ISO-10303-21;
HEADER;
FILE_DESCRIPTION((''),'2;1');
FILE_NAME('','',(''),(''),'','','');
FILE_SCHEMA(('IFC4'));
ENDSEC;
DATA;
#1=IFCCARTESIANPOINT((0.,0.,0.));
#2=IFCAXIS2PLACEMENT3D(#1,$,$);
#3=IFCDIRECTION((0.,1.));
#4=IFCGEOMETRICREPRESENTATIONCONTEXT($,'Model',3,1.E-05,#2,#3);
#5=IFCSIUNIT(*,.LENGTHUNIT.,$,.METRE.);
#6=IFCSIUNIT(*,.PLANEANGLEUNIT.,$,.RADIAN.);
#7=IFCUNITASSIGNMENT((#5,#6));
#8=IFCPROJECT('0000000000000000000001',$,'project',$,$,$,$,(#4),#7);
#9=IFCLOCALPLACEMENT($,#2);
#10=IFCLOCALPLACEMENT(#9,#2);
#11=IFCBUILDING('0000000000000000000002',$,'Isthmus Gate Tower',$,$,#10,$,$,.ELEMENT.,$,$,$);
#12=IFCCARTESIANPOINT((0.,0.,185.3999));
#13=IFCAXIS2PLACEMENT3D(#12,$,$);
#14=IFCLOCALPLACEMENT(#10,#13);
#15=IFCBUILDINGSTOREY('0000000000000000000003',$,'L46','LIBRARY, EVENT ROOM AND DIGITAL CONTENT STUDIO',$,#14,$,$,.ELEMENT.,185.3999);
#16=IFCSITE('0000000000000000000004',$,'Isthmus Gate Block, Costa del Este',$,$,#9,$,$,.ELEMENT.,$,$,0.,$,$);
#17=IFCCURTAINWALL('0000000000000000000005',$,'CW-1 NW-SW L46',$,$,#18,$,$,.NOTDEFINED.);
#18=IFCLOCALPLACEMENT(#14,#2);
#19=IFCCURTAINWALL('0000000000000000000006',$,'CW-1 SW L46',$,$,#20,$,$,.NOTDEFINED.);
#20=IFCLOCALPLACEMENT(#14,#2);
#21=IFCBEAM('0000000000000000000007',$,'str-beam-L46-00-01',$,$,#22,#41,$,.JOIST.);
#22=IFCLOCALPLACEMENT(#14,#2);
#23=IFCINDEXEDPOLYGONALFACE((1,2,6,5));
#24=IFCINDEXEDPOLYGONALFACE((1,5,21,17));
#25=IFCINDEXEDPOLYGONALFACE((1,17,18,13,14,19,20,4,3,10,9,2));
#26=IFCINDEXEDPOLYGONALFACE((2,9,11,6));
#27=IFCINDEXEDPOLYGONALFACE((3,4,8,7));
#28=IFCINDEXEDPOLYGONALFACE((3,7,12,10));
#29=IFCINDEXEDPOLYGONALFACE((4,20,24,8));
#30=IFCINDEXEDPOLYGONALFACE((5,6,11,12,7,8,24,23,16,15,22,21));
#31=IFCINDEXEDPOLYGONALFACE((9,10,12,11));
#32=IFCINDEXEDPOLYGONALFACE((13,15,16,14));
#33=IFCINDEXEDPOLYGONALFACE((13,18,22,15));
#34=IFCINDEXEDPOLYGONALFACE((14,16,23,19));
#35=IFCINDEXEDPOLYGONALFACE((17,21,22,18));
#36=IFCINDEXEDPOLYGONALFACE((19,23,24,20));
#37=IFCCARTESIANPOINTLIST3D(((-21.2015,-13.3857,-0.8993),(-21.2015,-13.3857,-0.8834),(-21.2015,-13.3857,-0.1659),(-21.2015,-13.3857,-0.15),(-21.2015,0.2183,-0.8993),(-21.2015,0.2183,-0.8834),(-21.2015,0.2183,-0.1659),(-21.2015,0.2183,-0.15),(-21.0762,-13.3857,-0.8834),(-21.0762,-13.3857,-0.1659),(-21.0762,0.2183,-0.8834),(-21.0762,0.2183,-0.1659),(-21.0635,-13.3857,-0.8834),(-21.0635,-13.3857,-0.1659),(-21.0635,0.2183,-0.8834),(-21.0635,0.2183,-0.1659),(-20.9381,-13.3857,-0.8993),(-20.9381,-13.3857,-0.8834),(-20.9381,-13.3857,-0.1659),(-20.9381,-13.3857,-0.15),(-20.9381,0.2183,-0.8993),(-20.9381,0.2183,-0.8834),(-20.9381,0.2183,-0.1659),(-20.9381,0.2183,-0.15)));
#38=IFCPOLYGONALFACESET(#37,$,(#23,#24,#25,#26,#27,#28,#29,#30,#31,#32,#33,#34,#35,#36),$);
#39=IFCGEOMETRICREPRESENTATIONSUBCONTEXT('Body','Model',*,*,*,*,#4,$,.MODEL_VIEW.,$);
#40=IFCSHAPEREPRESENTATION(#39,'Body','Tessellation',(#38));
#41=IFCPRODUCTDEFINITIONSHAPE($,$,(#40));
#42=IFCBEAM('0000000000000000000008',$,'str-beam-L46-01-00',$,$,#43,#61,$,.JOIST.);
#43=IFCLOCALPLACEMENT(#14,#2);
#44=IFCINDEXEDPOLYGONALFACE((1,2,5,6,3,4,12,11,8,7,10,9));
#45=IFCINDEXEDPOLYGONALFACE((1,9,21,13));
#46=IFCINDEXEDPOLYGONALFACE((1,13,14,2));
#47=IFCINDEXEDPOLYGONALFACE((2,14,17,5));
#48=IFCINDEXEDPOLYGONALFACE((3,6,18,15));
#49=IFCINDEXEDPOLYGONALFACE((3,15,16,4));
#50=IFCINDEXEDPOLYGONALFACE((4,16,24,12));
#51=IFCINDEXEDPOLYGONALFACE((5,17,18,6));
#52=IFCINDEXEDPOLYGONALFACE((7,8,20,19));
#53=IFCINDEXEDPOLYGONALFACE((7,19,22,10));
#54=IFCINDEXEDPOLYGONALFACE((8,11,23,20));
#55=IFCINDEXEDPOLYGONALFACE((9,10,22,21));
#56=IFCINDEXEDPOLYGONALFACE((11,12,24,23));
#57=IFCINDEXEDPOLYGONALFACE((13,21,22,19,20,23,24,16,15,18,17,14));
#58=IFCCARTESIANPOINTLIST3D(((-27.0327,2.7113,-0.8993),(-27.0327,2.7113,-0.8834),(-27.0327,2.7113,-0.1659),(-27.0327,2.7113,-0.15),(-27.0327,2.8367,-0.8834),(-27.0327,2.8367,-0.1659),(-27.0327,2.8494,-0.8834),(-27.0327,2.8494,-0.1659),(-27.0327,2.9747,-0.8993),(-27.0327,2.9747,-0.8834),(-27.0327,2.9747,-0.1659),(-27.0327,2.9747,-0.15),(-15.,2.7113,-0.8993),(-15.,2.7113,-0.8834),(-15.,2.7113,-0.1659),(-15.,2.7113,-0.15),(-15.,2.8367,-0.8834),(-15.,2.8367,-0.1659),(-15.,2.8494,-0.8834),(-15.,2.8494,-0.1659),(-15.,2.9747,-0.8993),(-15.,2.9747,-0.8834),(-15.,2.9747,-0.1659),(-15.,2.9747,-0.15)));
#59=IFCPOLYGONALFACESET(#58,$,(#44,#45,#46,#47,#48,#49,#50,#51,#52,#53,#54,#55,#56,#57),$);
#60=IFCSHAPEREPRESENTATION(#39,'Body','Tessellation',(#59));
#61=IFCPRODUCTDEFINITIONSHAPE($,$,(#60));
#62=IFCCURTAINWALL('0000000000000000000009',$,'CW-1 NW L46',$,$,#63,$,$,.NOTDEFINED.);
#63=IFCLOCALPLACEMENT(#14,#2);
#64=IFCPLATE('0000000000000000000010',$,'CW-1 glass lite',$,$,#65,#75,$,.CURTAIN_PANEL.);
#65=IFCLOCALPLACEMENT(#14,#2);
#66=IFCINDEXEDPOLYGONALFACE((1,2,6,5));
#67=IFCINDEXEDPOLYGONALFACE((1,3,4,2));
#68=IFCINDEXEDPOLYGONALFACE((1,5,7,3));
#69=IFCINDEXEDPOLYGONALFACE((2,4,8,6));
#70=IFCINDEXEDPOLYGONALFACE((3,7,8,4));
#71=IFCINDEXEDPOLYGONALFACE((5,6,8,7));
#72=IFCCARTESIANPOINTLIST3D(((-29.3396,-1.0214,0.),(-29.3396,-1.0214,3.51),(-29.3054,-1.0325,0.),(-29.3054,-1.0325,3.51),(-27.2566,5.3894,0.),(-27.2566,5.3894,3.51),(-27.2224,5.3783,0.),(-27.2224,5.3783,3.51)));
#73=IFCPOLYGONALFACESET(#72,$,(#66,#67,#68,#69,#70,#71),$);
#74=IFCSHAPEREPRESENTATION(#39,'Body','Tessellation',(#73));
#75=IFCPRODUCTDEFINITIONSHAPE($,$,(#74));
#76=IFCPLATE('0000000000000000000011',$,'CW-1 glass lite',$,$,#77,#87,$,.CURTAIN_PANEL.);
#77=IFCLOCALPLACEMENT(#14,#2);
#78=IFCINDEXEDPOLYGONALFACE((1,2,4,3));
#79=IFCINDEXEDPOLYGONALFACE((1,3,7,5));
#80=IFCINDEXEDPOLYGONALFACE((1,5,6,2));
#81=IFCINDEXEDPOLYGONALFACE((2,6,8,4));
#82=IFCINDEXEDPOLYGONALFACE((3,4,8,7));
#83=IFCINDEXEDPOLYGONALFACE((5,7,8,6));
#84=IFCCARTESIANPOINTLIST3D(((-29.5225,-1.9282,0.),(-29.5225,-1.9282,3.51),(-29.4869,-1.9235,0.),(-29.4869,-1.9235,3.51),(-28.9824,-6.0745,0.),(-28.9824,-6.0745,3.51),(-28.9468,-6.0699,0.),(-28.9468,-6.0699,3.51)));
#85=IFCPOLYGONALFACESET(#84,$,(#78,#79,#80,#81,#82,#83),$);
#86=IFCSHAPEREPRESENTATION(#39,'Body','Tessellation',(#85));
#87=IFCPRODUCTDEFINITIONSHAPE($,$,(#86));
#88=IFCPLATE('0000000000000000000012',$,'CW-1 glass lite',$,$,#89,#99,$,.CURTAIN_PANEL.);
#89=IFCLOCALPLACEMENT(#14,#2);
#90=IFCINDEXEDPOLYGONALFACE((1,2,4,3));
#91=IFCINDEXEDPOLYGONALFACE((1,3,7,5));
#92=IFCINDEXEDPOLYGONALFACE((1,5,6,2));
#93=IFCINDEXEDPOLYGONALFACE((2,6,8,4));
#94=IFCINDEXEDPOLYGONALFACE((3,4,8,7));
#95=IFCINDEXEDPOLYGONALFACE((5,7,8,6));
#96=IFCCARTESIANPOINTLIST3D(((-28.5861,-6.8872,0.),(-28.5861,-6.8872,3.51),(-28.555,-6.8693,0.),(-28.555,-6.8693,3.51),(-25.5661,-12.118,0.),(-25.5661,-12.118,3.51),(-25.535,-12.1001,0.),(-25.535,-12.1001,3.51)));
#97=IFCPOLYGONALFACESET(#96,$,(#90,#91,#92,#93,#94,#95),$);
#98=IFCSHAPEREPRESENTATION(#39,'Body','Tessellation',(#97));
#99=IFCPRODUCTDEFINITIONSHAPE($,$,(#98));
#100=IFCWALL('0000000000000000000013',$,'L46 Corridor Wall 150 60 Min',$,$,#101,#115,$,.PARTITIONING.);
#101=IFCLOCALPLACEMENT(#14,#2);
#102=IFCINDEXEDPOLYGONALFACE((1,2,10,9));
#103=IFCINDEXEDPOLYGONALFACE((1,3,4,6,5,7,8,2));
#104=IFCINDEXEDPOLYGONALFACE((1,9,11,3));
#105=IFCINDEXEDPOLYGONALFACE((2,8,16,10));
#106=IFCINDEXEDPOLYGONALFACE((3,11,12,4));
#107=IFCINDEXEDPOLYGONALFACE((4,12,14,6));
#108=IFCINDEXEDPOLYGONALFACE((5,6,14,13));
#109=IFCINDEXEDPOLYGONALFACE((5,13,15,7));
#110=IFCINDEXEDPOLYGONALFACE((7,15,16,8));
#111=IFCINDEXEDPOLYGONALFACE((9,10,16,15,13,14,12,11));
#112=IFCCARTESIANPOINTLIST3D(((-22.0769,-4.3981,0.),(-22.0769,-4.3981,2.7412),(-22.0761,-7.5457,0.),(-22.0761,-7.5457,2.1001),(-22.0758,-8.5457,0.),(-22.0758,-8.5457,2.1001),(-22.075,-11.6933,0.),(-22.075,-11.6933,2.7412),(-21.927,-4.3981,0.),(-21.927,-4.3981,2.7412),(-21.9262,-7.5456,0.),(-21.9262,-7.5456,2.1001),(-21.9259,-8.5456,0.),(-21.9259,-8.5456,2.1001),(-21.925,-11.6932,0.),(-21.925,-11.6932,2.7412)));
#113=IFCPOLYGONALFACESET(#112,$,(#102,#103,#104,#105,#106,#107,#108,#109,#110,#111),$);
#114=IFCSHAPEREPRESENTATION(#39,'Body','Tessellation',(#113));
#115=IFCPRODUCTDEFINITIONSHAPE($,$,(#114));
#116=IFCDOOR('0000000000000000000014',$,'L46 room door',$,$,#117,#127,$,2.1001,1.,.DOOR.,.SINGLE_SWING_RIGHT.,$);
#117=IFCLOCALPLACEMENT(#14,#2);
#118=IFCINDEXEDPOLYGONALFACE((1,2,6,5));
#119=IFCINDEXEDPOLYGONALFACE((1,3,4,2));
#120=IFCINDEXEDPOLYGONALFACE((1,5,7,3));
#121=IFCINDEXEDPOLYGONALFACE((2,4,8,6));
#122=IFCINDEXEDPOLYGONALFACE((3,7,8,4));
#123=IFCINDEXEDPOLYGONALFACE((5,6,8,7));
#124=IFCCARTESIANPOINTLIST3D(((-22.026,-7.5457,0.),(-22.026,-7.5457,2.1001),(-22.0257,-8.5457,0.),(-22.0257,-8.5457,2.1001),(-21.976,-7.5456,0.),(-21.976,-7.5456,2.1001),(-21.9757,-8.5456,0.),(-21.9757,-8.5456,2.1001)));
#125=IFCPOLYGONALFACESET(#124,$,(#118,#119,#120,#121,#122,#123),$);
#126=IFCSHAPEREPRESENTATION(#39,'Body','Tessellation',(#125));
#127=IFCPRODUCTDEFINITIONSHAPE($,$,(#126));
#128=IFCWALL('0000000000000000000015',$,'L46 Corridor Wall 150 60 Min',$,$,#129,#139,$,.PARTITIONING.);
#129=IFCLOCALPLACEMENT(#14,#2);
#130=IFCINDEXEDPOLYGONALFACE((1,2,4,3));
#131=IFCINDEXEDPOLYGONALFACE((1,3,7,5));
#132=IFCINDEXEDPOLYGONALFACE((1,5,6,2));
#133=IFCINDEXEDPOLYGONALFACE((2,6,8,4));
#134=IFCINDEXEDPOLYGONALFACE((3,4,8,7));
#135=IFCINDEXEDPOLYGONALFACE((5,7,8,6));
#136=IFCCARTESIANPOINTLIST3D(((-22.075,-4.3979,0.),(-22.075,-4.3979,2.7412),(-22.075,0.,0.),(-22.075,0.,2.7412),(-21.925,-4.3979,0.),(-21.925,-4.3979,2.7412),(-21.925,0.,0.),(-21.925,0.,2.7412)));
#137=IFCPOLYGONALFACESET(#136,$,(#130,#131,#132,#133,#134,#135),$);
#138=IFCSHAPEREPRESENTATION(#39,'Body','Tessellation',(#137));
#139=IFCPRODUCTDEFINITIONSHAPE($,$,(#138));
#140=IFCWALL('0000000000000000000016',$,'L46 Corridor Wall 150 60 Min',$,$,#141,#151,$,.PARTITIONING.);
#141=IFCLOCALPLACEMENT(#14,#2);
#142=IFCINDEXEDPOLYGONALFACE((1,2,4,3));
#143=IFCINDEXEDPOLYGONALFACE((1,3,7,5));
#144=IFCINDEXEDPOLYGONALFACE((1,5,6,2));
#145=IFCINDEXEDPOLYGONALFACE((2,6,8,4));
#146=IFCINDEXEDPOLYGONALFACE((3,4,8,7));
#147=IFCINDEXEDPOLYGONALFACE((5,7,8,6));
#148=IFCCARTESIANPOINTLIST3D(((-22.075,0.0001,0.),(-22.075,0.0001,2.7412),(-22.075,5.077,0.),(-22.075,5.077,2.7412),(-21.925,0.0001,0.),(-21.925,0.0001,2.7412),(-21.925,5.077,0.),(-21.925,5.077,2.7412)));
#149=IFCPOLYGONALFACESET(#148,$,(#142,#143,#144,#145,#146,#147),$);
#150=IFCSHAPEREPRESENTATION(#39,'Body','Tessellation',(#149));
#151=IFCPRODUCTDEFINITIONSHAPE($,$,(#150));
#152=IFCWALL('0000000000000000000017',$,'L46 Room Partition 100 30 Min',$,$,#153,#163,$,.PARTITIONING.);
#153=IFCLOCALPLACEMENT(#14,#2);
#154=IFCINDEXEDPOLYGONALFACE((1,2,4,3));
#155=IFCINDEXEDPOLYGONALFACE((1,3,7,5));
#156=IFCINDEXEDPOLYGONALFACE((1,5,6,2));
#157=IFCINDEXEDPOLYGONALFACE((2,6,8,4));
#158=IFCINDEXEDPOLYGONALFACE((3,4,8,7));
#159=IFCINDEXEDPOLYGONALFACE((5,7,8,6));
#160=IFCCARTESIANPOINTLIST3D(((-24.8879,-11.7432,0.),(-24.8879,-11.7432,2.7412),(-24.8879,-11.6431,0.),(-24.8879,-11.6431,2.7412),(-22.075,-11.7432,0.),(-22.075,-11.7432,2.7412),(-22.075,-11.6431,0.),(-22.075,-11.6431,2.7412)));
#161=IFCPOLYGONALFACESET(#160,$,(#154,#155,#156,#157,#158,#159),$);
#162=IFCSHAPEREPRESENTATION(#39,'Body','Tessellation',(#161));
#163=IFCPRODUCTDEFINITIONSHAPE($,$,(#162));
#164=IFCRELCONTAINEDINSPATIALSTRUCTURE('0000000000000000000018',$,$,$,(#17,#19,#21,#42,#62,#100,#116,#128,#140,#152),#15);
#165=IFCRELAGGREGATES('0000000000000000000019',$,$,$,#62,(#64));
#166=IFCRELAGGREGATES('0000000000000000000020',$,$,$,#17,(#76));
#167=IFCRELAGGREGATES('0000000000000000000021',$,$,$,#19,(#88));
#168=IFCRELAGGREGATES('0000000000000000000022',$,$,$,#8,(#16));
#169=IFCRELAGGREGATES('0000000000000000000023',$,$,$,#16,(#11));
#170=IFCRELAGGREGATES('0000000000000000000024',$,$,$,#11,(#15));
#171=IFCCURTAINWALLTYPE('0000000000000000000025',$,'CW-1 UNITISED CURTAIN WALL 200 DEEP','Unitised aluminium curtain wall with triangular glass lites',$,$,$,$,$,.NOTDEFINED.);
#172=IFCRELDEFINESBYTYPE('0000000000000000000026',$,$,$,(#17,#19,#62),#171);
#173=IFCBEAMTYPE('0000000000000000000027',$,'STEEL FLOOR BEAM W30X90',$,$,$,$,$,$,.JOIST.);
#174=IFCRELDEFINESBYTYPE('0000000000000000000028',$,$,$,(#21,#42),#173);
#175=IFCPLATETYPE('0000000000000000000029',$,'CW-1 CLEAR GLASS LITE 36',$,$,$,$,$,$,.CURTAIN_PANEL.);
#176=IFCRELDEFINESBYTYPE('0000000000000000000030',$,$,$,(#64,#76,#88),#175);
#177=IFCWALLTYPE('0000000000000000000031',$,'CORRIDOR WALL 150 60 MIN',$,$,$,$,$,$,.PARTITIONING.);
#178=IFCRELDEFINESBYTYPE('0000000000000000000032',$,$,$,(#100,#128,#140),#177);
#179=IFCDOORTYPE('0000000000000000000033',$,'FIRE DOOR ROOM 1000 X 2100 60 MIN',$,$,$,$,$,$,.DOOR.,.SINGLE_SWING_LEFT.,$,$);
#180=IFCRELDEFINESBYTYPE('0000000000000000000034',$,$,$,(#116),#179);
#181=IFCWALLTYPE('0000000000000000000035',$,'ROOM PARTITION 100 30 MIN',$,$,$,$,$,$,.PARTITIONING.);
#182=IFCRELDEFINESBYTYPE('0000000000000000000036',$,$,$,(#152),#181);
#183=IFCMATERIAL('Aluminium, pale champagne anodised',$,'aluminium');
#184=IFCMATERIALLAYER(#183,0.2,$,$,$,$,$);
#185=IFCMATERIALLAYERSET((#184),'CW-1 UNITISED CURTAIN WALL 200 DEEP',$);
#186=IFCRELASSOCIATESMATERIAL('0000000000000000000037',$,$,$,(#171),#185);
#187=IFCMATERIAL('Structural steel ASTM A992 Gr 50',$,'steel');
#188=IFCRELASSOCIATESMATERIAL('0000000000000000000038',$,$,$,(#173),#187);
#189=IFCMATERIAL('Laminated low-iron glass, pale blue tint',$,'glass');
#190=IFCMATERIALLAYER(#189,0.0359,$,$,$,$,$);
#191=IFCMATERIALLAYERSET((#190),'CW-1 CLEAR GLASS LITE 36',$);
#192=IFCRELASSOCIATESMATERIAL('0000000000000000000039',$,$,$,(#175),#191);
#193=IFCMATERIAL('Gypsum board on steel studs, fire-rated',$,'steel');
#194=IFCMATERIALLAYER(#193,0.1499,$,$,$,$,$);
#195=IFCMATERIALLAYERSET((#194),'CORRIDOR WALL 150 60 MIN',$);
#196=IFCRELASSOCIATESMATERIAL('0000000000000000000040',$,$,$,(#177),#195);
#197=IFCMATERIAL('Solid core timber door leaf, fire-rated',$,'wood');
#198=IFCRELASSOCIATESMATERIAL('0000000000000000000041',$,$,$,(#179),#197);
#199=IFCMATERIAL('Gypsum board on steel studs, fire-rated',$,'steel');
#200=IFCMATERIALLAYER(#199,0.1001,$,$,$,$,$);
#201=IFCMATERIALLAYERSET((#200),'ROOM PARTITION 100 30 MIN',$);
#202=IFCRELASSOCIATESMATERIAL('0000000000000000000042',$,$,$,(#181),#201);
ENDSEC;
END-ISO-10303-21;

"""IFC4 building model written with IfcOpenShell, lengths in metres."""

from ifc_helpers import new_model, si_unit, direction, frame, frame_2d, origin, origin_2d, place, context, subcontext, project, spatial, rectangle, i_section, extrude, material, layer, layer_set, material_profile, profile_set, type_object, element, fill, aggregate, save


model = new_model("IFC4")

# Units and contexts
model_context = context("Model", 3, precision=1e-05, world=origin(), true_north=direction((0.0, 1.0)))
body_context = subcontext(model_context, "Body", "Model", "MODEL_VIEW")
ifc_project = project(units=[si_unit("LENGTHUNIT", "METRE"), si_unit("PLANEANGLEUNIT", "RADIAN")], contexts=[model_context])

# Site, building, storey
site_placement = place(None, origin())
site = spatial("IfcSite", under=ifc_project, at=site_placement, Name="Isthmus Gate Block, Costa del Este", CompositionType="ELEMENT", RefElevation=0.0)
building_placement = place(site_placement, origin())
building = spatial("IfcBuilding", under=site, at=building_placement, Name="Isthmus Gate Tower", CompositionType="ELEMENT")
storey_placement = place(building_placement, frame((0.0, 0.0, 185.3999)))
storey = spatial("IfcBuildingStorey", under=building, at=storey_placement, Name="L46", Description="LIBRARY, EVENT ROOM AND DIGITAL CONTENT STUDIO", CompositionType="ELEMENT", Elevation=185.3999)

# Curtain walls
ifc_material_1 = material(Name="Aluminium, pale champagne anodised", Category="aluminium")
ifc_layer_1 = layer(ifc_material_1, 0.2)
ifc_layer_set_1 = layer_set([ifc_layer_1], Name="CW-1 UNITISED CURTAIN WALL 200 DEEP")
curtain_wall_type = type_object("IfcCurtainWallType", Name="CW-1 UNITISED CURTAIN WALL 200 DEEP", Description="Unitised aluminium curtain wall with triangular glass lites", PredefinedType="NOTDEFINED", material=ifc_layer_set_1)
curtain_wall_1_placement = place(storey_placement, origin())
curtain_wall_1 = element("IfcCurtainWall", 1, at=curtain_wall_1_placement, inside=storey, type_object=curtain_wall_type, Name="CW-1 NW-SW L46", PredefinedType="NOTDEFINED")
curtain_wall_2_placement = place(storey_placement, origin())
curtain_wall_2 = element("IfcCurtainWall", 2, at=curtain_wall_2_placement, inside=storey, type_object=curtain_wall_type, Name="CW-1 SW L46", PredefinedType="NOTDEFINED")

# Beams
ifc_material_2 = material(Name="Structural steel ASTM A992 Gr 50", Category="steel")
ifc_material_profile_1 = material_profile(ifc_material_2, i_section(OverallWidth=0.2634, OverallDepth=0.7493, WebThickness=0.0127, FlangeThickness=0.0159, at=origin_2d()), Name="W30X90")
ifc_profile_set_1 = profile_set([ifc_material_profile_1], Name="Structural steel ASTM A992 Gr 50")
beam_type_1 = type_object("IfcBeamType", Name="STEEL FLOOR BEAM W30X90", PredefinedType="JOIST", material=ifc_profile_set_1)
beam_1_placement = place(storey_placement, frame((-21.0698, -13.3857, -0.5247), z_axis=(0.0, 1.0, 0.0), x_axis=(-1.0, 0.0, 0.0)))
element("IfcBeam", 3, at=beam_1_placement, inside=storey, type_object=beam_type_1, Name="str-beam-L46-00-01", PredefinedType="JOIST", context=body_context, shape_type="SweptSolid", body=[
    extrude(i_section(OverallWidth=0.2634, OverallDepth=0.7493, WebThickness=0.0127, FlangeThickness=0.0159, at=origin_2d()), origin(), (0.0, 0.0, 1.0), 13.604),
])
beam_2_placement = place(storey_placement, frame((-27.0327, 2.843, -0.5247), z_axis=(1.0, 0.0, 0.0), x_axis=(0.0, 1.0, 0.0)))
element("IfcBeam", 4, at=beam_2_placement, inside=storey, type_object=beam_type_1, Name="str-beam-L46-01-00", PredefinedType="JOIST", context=body_context, shape_type="SweptSolid", body=[
    extrude(i_section(OverallWidth=0.2634, OverallDepth=0.7493, WebThickness=0.0127, FlangeThickness=0.0159, at=origin_2d()), origin(), (0.0, 0.0, 1.0), 12.0327),
])

# Curtain wall, plate
curtain_wall_3_placement = place(storey_placement, origin())
curtain_wall_3 = element("IfcCurtainWall", 5, at=curtain_wall_3_placement, inside=storey, type_object=curtain_wall_type, Name="CW-1 NW L46", PredefinedType="NOTDEFINED")
ifc_material_3 = material(Name="Laminated low-iron glass, pale blue tint", Category="glass")
ifc_layer_2 = layer(ifc_material_3, 0.0359)
ifc_layer_set_2 = layer_set([ifc_layer_2], Name="CW-1 CLEAR GLASS LITE 36")
plate_type = type_object("IfcPlateType", Name="CW-1 CLEAR GLASS LITE 36", PredefinedType="CURTAIN_PANEL", material=ifc_layer_set_2)
plate_1_placement = place(storey_placement, frame((-28.281, 2.1785, 0.0), z_axis=(0.0, 0.0, 1.0), x_axis=(-0.309017, -0.951057, 0.0)))
plate_1 = element("IfcPlate", 6, at=plate_1_placement, type_object=plate_type, Name="CW-1 glass lite", PredefinedType="CURTAIN_PANEL", context=body_context, shape_type="SweptSolid", body=[
    extrude(rectangle(XDim=6.7407, YDim=0.0359, at=origin_2d()), origin(), (0.0, 0.0, 1.0), 3.51),
])
aggregate(curtain_wall_3, [plate_1])

# Plates
plate_2_placement = place(storey_placement, frame((-29.2346, -3.999, 0.0), z_axis=(0.0, 0.0, 1.0), x_axis=(0.129165, -0.991623, 0.0)))
plate_2 = element("IfcPlate", 7, at=plate_2_placement, type_object=plate_type, Name="CW-1 glass lite", PredefinedType="CURTAIN_PANEL", context=body_context, shape_type="SweptSolid", body=[
    extrude(rectangle(XDim=4.1814, YDim=0.0359, at=origin_2d()), origin(), (0.0, 0.0, 1.0), 3.51),
])
aggregate(curtain_wall_1, [plate_2])
plate_3_placement = place(storey_placement, frame((-27.0605, -9.4937, 0.0), z_axis=(0.0, 0.0, 1.0), x_axis=(0.5, -0.866025, 0.0)))
plate_3 = element("IfcPlate", 8, at=plate_3_placement, type_object=plate_type, Name="CW-1 glass lite", PredefinedType="CURTAIN_PANEL", context=body_context, shape_type="SweptSolid", body=[
    extrude(rectangle(XDim=6.04, YDim=0.0359, at=origin_2d()), origin(), (0.0, 0.0, 1.0), 3.51),
])
aggregate(curtain_wall_2, [plate_3])

# Wall, opening, door
ifc_material_4 = material(Name="Gypsum board on steel studs, fire-rated", Category="steel")
ifc_layer_3 = layer(ifc_material_4, 0.1499)
ifc_layer_set_3 = layer_set([ifc_layer_3], Name="CORRIDOR WALL 150 60 MIN")
wall_type_1 = type_object("IfcWallType", Name="CORRIDOR WALL 150 60 MIN", PredefinedType="PARTITIONING", material=ifc_layer_set_3)
wall_1_placement = place(storey_placement, frame((-22.0, -11.6931, 0.0), z_axis=(0.0, 0.0, 1.0), x_axis=(-0.000268, 1.0, 0.0)))
wall_1 = element("IfcWall", 9, at=wall_1_placement, inside=storey, type_object=wall_type_1, Name="L46 Corridor Wall 150 60 Min", PredefinedType="PARTITIONING", context=body_context, shape_type="SweptSolid", body=[
    extrude(rectangle(XDim=7.2952, YDim=0.1499, at=frame_2d((3.6475, 0.0))), origin(), (0.0, 0.0, 1.0), 2.7412),
])
opening_placement = place(wall_1_placement, frame((3.1475, 0.0, 0.0)))
opening = element("IfcOpeningElement", 10, at=opening_placement, cuts=wall_1, PredefinedType="OPENING", context=body_context, shape_type="SweptSolid", body=[
    extrude(rectangle(XDim=1.0, YDim=2.1001, at=frame_2d((0.5, 1.05))), frame((0.0, 0.085, 0.0), z_axis=(0.0, -1.0, 0.0), x_axis=(1.0, 0.0, 0.0)), (0.0, 0.0, 1.0), 0.1699),
])
ifc_material_5 = material(Name="Solid core timber door leaf, fire-rated", Category="wood")
door_type = type_object("IfcDoorType", Name="FIRE DOOR ROOM 1000 X 2100 60 MIN", OperationType="SINGLE_SWING_LEFT", PredefinedType="DOOR", material=ifc_material_5)
door_placement = place(opening_placement, origin())
door = element("IfcDoor", 11, at=door_placement, inside=storey, type_object=door_type, Name="L46 room door", OperationType="SINGLE_SWING_RIGHT", OverallHeight=2.1001, OverallWidth=1.0, PredefinedType="DOOR", context=body_context, shape_type="SweptSolid", body=[
    extrude(rectangle(XDim=1.0, YDim=2.1001, at=frame_2d((0.5, 1.05))), frame((0.0, 0.0249, 0.0), z_axis=(0.0, -1.0, 0.0), x_axis=(1.0, 0.0, 0.0)), (0.0, 0.0, 1.0), 0.05),
])
fill(opening, door)

# Walls
wall_2_placement = place(storey_placement, frame((-22.0, -4.3979, 0.0), z_axis=(0.0, 0.0, 1.0), x_axis=(0.0, 1.0, 0.0)))
element("IfcWall", 12, at=wall_2_placement, inside=storey, type_object=wall_type_1, Name="L46 Corridor Wall 150 60 Min", PredefinedType="PARTITIONING", context=body_context, shape_type="SweptSolid", body=[
    extrude(rectangle(XDim=4.3979, YDim=0.1499, at=frame_2d((2.199, 0.0))), origin(), (0.0, 0.0, 1.0), 2.7412),
])
wall_3_placement = place(storey_placement, frame((-22.0, 0.0, 0.0), z_axis=(0.0, 0.0, 1.0), x_axis=(0.0, 1.0, 0.0)))
element("IfcWall", 13, at=wall_3_placement, inside=storey, type_object=wall_type_1, Name="L46 Corridor Wall 150 60 Min", PredefinedType="PARTITIONING", context=body_context, shape_type="SweptSolid", body=[
    extrude(rectangle(XDim=5.0769, YDim=0.1499, at=frame_2d((2.5386, 0.0))), origin(), (0.0, 0.0, 1.0), 2.7412),
])
ifc_material_6 = material(Name="Gypsum board on steel studs, fire-rated", Category="steel")
ifc_layer_4 = layer(ifc_material_6, 0.1001)
ifc_layer_set_4 = layer_set([ifc_layer_4], Name="ROOM PARTITION 100 30 MIN")
wall_type_2 = type_object("IfcWallType", Name="ROOM PARTITION 100 30 MIN", PredefinedType="PARTITIONING", material=ifc_layer_set_4)
wall_4_placement = place(storey_placement, frame((-24.8879, -11.6931, 0.0), z_axis=(0.0, 0.0, 1.0), x_axis=(1.0, 0.0, 0.0)))
element("IfcWall", 14, at=wall_4_placement, inside=storey, type_object=wall_type_2, Name="L46 Room Partition 100 30 Min", PredefinedType="PARTITIONING", context=body_context, shape_type="SweptSolid", body=[
    extrude(rectangle(XDim=2.813, YDim=0.1001, at=frame_2d((1.4065, 0.0))), origin(), (0.0, 0.0, 1.0), 2.7412),
])

save(model, "model.ifc")
